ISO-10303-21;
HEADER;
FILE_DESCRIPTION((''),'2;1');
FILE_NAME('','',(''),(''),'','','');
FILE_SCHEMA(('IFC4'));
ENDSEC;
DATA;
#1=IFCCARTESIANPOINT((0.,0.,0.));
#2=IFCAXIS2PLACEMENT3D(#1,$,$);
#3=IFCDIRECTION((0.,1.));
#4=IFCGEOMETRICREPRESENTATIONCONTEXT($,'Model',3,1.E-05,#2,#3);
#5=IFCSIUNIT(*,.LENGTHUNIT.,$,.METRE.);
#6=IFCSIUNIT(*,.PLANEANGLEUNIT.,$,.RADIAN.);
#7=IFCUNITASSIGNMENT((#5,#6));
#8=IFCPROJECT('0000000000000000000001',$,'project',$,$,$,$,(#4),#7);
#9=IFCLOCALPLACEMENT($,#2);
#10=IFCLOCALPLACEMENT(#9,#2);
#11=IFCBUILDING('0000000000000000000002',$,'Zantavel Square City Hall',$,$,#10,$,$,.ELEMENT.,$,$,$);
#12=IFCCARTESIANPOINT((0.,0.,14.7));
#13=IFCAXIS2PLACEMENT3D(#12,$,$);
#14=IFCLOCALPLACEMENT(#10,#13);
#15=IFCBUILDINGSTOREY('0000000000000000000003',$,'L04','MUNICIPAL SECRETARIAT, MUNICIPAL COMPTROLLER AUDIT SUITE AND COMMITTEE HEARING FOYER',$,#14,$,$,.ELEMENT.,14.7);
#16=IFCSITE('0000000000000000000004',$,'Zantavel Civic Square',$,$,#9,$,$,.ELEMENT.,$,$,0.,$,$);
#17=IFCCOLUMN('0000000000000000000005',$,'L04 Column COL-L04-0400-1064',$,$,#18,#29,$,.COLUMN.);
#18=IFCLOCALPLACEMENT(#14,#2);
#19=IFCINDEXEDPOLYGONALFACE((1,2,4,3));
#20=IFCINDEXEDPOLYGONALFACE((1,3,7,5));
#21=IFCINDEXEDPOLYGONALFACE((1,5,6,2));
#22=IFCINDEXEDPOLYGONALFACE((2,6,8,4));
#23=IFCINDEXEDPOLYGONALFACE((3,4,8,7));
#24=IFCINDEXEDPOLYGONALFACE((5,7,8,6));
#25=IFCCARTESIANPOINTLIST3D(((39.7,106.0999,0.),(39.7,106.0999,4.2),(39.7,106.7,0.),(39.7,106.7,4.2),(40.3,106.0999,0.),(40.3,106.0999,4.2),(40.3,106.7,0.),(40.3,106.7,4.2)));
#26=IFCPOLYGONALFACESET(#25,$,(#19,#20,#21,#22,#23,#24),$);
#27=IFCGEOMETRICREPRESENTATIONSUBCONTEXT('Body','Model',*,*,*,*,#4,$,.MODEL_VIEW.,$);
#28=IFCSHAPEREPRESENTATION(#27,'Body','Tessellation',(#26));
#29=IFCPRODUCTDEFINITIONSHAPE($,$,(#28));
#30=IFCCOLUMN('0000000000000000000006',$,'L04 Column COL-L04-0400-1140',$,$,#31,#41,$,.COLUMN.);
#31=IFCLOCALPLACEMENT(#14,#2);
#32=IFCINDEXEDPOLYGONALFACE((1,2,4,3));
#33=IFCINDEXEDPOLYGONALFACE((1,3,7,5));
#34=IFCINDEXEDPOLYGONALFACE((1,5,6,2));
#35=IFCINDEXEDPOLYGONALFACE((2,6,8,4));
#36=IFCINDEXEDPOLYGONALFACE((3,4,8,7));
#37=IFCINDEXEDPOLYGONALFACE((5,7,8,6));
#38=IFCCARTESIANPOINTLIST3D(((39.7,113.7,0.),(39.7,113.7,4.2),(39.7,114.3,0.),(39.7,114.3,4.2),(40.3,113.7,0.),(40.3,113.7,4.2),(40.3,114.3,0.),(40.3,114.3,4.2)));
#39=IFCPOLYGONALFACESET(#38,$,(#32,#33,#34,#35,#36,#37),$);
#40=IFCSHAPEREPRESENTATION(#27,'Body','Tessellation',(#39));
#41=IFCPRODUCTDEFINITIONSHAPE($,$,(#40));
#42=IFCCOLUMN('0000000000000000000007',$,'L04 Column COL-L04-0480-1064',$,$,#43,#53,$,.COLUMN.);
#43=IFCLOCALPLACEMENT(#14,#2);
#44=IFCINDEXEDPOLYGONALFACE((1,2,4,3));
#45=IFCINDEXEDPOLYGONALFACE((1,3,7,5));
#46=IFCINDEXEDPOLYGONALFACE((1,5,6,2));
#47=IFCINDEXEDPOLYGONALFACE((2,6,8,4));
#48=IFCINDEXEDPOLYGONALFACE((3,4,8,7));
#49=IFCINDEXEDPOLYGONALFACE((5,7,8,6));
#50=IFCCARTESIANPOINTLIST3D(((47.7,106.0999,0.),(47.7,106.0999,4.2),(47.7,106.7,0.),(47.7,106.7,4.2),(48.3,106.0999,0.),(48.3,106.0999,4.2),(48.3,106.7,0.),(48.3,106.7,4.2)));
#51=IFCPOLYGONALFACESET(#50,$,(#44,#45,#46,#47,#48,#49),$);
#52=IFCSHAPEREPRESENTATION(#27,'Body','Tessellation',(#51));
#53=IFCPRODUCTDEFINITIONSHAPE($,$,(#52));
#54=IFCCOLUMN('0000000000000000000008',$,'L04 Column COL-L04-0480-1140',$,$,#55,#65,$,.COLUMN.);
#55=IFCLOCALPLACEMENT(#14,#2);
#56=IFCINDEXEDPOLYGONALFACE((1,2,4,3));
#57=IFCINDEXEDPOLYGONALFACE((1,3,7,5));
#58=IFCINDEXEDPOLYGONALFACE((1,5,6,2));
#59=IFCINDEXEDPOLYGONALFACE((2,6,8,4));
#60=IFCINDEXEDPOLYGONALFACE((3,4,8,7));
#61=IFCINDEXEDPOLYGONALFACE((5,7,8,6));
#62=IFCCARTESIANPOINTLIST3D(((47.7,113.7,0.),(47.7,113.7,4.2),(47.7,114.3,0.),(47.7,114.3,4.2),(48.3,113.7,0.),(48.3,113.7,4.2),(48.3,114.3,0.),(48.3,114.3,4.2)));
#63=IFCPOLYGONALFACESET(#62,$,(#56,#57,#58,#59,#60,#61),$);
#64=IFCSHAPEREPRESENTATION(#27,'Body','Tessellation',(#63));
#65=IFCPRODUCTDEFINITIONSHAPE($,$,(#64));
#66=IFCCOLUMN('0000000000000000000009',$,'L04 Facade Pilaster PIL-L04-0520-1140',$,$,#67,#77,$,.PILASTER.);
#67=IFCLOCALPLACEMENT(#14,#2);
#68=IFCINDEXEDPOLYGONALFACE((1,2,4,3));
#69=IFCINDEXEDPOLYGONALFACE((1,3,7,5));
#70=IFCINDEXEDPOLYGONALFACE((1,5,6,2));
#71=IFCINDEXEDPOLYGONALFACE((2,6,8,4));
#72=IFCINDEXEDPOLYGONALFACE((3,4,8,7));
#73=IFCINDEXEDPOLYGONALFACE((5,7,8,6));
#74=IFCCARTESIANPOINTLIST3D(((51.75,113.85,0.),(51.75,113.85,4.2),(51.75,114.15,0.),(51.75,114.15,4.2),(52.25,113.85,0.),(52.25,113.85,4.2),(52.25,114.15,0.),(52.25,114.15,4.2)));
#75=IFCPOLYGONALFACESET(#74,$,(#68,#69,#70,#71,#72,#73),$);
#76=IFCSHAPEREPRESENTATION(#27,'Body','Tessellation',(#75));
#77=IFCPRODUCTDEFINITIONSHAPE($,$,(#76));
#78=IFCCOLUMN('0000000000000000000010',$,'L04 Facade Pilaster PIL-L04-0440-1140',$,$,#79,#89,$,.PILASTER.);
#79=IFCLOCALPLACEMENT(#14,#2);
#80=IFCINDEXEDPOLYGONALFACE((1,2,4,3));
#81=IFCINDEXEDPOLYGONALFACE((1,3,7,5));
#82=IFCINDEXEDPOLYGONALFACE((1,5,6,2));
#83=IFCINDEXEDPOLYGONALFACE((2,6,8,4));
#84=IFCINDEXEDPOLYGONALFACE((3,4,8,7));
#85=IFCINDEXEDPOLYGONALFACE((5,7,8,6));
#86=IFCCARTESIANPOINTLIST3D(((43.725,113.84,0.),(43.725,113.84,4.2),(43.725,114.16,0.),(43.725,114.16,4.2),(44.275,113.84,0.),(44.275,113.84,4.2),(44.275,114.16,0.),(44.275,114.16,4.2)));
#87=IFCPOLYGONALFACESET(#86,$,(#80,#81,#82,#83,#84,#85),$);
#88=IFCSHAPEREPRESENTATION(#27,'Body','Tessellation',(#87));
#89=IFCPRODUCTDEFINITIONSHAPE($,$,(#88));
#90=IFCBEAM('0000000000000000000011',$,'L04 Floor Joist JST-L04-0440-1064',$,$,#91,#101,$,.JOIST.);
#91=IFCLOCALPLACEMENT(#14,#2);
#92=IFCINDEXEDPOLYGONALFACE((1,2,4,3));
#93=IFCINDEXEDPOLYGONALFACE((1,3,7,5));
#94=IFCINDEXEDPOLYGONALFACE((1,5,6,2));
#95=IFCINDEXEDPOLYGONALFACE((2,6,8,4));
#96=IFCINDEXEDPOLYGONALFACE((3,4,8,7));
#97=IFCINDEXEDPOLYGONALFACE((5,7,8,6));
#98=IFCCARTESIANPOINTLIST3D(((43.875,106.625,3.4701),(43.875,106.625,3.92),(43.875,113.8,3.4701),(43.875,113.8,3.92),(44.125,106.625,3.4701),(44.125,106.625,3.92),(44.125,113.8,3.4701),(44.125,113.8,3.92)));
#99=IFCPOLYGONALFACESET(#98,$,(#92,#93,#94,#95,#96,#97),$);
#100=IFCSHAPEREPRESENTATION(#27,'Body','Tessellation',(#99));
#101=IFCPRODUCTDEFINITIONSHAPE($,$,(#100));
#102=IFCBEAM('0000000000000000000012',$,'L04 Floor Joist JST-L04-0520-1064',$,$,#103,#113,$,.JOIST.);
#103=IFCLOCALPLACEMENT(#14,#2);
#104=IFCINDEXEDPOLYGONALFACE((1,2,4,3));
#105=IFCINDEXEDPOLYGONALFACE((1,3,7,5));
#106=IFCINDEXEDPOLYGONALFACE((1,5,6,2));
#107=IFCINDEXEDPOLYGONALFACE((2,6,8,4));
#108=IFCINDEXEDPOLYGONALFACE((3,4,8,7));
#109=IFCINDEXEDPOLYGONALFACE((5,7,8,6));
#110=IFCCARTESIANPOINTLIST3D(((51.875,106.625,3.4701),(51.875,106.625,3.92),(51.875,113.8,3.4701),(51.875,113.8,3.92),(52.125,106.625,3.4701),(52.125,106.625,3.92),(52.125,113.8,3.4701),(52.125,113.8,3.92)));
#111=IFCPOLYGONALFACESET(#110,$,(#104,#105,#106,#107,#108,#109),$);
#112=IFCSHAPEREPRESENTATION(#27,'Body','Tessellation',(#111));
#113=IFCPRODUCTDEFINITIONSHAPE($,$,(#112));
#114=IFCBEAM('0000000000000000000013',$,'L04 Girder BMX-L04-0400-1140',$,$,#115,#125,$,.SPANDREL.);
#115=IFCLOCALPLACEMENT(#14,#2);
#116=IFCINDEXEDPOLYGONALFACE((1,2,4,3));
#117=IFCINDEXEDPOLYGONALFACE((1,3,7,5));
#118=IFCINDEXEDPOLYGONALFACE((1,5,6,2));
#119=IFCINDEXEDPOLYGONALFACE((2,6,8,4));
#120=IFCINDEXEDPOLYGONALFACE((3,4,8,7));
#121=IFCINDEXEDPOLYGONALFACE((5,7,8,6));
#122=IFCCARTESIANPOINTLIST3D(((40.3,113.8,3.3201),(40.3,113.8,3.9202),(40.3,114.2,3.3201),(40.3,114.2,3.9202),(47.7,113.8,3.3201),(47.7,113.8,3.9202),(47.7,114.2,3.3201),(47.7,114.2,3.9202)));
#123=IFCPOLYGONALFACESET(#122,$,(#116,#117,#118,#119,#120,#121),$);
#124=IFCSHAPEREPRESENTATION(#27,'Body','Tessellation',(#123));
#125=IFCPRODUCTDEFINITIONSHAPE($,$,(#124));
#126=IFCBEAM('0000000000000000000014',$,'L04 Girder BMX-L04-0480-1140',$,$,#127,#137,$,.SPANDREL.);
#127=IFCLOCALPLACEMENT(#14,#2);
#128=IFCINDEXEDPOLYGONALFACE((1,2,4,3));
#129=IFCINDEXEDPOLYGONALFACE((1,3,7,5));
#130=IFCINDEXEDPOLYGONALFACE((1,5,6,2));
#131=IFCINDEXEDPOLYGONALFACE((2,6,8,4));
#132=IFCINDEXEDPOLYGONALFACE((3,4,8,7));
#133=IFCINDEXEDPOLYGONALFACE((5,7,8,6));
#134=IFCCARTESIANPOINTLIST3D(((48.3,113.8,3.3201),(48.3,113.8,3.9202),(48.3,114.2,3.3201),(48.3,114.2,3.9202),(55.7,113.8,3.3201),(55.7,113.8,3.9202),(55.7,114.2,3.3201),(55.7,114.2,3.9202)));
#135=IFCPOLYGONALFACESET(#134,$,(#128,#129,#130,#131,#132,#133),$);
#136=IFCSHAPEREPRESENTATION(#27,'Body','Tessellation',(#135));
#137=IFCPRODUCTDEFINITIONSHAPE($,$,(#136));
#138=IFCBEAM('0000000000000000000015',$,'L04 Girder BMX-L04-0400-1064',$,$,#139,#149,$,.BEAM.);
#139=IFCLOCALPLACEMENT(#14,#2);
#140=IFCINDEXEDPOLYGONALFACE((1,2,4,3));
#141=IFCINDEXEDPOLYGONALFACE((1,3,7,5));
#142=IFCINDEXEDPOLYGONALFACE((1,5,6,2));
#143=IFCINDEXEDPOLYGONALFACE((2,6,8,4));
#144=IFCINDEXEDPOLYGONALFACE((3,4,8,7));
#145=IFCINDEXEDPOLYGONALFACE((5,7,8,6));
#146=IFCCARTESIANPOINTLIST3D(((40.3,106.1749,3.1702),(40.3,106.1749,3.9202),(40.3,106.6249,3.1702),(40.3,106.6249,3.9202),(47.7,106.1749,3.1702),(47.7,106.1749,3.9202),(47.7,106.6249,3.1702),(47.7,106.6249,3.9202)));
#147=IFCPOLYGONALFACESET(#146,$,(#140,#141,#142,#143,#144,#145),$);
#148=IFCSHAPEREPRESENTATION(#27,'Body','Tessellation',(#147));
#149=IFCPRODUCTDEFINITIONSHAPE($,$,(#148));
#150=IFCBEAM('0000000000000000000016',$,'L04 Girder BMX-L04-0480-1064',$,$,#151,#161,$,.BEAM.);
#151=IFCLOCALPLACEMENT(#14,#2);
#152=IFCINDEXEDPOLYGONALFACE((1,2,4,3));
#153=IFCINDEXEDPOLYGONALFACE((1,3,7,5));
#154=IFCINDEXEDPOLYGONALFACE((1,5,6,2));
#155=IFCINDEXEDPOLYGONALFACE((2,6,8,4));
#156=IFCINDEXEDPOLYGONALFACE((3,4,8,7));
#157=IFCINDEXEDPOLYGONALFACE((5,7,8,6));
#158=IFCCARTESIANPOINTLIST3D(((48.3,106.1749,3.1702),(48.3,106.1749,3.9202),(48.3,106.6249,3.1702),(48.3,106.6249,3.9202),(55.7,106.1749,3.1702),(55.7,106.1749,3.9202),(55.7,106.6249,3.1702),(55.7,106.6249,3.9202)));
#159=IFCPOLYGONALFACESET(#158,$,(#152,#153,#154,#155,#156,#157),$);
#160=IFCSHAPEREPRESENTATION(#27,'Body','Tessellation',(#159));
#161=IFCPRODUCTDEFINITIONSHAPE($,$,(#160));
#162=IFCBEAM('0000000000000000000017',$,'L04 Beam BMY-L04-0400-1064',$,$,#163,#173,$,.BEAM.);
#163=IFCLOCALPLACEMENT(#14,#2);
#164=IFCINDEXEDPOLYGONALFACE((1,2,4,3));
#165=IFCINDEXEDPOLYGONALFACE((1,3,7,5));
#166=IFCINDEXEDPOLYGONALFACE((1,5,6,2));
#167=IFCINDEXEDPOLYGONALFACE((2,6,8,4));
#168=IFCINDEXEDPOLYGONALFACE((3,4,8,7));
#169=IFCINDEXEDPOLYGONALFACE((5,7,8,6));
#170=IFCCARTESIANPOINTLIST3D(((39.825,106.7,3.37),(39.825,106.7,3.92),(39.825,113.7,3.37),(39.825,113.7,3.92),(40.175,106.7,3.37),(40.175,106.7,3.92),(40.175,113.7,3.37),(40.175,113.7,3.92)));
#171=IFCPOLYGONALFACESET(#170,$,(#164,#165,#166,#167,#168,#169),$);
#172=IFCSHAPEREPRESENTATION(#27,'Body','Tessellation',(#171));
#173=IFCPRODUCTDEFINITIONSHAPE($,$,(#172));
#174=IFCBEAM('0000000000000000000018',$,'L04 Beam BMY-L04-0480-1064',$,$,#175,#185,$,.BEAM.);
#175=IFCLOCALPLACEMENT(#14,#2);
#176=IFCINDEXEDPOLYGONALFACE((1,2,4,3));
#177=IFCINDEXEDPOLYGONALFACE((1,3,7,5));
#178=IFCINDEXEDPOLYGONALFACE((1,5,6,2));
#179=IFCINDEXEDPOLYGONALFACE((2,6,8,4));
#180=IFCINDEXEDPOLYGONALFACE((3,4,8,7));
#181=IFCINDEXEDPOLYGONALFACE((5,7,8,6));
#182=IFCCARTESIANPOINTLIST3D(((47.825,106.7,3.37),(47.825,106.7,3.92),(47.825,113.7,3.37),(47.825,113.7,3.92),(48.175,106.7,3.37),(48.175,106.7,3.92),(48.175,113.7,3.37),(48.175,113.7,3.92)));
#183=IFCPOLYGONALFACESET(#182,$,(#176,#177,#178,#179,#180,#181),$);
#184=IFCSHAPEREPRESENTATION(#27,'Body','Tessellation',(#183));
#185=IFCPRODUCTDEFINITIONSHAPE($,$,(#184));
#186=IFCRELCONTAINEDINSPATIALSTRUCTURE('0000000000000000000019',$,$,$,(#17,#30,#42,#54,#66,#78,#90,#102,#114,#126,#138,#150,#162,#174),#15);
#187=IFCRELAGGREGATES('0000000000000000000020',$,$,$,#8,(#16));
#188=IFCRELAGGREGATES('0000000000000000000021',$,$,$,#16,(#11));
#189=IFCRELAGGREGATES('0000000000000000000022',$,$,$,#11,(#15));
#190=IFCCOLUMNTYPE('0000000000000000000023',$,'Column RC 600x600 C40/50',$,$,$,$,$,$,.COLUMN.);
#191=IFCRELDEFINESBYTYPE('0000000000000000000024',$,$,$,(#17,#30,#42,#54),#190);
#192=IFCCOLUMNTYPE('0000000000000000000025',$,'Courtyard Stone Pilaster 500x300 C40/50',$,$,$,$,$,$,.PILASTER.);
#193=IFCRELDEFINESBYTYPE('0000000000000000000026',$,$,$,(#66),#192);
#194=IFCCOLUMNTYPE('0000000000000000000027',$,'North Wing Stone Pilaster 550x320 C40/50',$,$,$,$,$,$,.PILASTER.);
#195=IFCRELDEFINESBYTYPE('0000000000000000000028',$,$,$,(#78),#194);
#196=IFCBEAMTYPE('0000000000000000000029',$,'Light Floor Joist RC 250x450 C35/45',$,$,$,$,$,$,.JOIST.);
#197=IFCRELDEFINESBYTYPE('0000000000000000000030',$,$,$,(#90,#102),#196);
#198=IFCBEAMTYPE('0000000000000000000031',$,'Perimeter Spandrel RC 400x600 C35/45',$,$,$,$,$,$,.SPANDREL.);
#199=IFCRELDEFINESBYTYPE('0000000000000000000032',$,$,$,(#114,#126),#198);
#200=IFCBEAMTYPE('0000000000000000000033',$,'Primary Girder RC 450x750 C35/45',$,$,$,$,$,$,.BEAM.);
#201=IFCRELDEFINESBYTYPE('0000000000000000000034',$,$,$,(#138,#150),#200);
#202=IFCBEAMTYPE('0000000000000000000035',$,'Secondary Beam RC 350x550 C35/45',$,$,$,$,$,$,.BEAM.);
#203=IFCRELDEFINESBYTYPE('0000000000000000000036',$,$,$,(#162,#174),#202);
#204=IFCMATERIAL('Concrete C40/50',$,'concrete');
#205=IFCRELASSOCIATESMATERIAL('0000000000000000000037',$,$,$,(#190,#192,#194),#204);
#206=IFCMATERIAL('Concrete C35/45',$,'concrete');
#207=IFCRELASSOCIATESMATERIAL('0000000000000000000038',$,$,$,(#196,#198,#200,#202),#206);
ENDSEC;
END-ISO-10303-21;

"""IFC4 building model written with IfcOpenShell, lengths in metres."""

from ifc_helpers import new_model, si_unit, direction, frame, origin, origin_2d, place, context, subcontext, project, spatial, rectangle, extrude, material, material_profile, profile_set, type_object, element, save


model = new_model("IFC4")

# Units and contexts
model_context = context("Model", 3, precision=1e-05, world=origin(), true_north=direction((0.0, 1.0)))
body_context = subcontext(model_context, "Body", "Model", "MODEL_VIEW")
ifc_project = project(units=[si_unit("LENGTHUNIT", "METRE"), si_unit("PLANEANGLEUNIT", "RADIAN")], contexts=[model_context])

# Site, building, storey
site_placement = place(None, origin())
site = spatial("IfcSite", under=ifc_project, at=site_placement, Name="Zantavel Civic Square", CompositionType="ELEMENT", RefElevation=0.0)
building_placement = place(site_placement, origin())
building = spatial("IfcBuilding", under=site, at=building_placement, Name="Zantavel Square City Hall", CompositionType="ELEMENT")
storey_placement = place(building_placement, frame((0.0, 0.0, 14.7)))
storey = spatial("IfcBuildingStorey", under=building, at=storey_placement, Name="L04", Description="MUNICIPAL SECRETARIAT, MUNICIPAL COMPTROLLER AUDIT SUITE AND COMMITTEE HEARING FOYER", CompositionType="ELEMENT", Elevation=14.7)

# Columns
ifc_material_1 = material(Name="Concrete C40/50", Category="concrete")
ifc_material_profile_1 = material_profile(ifc_material_1, rectangle(XDim=0.6001, YDim=0.6001, at=origin_2d()), Name="RC 600x600")
ifc_profile_set_1 = profile_set([ifc_material_profile_1], Name="Concrete C40/50")
column_type_1 = type_object("IfcColumnType", Name="Column RC 600x600 C40/50", PredefinedType="COLUMN", material=ifc_profile_set_1)
for number, where, z_axis, x_axis, name in (
    (1, (40.0, 106.3999, 0.0), (0.0, 0.0, 1.0), (1.0, 0.0, 0.0), "L04 Column COL-L04-0400-1064"),
    (2, (40.0, 114.0, 0.0), (0.0, 0.0, 1.0), (1.0, 0.0, 0.0), "L04 Column COL-L04-0400-1140"),
    (3, (48.0, 106.3999, 0.0), (0.0, 0.0, 1.0), (1.0, 0.0, 0.0), "L04 Column COL-L04-0480-1064"),
    (4, (48.0, 114.0, 0.0), (0.0, 0.0, 1.0), (1.0, 0.0, 0.0), "L04 Column COL-L04-0480-1140"),
):
    element("IfcColumn", number, at=place(storey_placement, frame(where, z_axis=z_axis, x_axis=x_axis)), inside=storey, type_object=column_type_1, Name=name, PredefinedType="COLUMN", context=body_context, shape_type="SweptSolid", body=[
        extrude(rectangle(XDim=0.6001, YDim=0.6001, at=origin_2d()), origin(), (0.0, 0.0, 1.0), 4.2),
    ])
ifc_material_profile_2 = material_profile(ifc_material_1, rectangle(XDim=0.5, YDim=0.3, at=origin_2d()), Name="RC 500x300")
ifc_profile_set_2 = profile_set([ifc_material_profile_2], Name="Concrete C40/50")
column_type_2 = type_object("IfcColumnType", Name="Courtyard Stone Pilaster 500x300 C40/50", PredefinedType="PILASTER", material=ifc_profile_set_2)
column_1_placement = place(storey_placement, frame((52.0, 114.0, 0.0), z_axis=(0.0, 0.0, 1.0), x_axis=(1.0, 0.0, 0.0)))
element("IfcColumn", 5, at=column_1_placement, inside=storey, type_object=column_type_2, Name="L04 Facade Pilaster PIL-L04-0520-1140", PredefinedType="PILASTER", context=body_context, shape_type="SweptSolid", body=[
    extrude(rectangle(XDim=0.5, YDim=0.3, at=origin_2d()), origin(), (0.0, 0.0, 1.0), 4.2),
])
ifc_material_profile_3 = material_profile(ifc_material_1, rectangle(XDim=0.55, YDim=0.3201, at=origin_2d()), Name="RC 550x320")
ifc_profile_set_3 = profile_set([ifc_material_profile_3], Name="Concrete C40/50")
column_type_3 = type_object("IfcColumnType", Name="North Wing Stone Pilaster 550x320 C40/50", PredefinedType="PILASTER", material=ifc_profile_set_3)
column_2_placement = place(storey_placement, frame((44.0, 114.0, 0.0), z_axis=(0.0, 0.0, 1.0), x_axis=(1.0, 0.0, 0.0)))
element("IfcColumn", 6, at=column_2_placement, inside=storey, type_object=column_type_3, Name="L04 Facade Pilaster PIL-L04-0440-1140", PredefinedType="PILASTER", context=body_context, shape_type="SweptSolid", body=[
    extrude(rectangle(XDim=0.55, YDim=0.3201, at=origin_2d()), origin(), (0.0, 0.0, 1.0), 4.2),
])

# Beams
ifc_material_2 = material(Name="Concrete C35/45", Category="concrete")
ifc_material_profile_4 = material_profile(ifc_material_2, rectangle(XDim=0.25, YDim=0.45, at=origin_2d()), Name="RC 250x450")
ifc_profile_set_4 = profile_set([ifc_material_profile_4], Name="Concrete C35/45")
beam_type_1 = type_object("IfcBeamType", Name="Light Floor Joist RC 250x450 C35/45", PredefinedType="JOIST", material=ifc_profile_set_4)
for number, where, z_axis, x_axis, name in (
    (7, (44.0, 106.625, 3.6951), (0.0, 1.0, 0.0), (-1.0, 0.0, 0.0), "L04 Floor Joist JST-L04-0440-1064"),
    (8, (52.0, 106.625, 3.6951), (0.0, 1.0, 0.0), (-1.0, 0.0, 0.0), "L04 Floor Joist JST-L04-0520-1064"),
):
    element("IfcBeam", number, at=place(storey_placement, frame(where, z_axis=z_axis, x_axis=x_axis)), inside=storey, type_object=beam_type_1, Name=name, PredefinedType="JOIST", context=body_context, shape_type="SweptSolid", body=[
        extrude(rectangle(XDim=0.25, YDim=0.45, at=origin_2d()), origin(), (0.0, 0.0, 1.0), 7.175),
    ])
ifc_material_profile_5 = material_profile(ifc_material_2, rectangle(XDim=0.3999, YDim=0.6001, at=origin_2d()), Name="RC 400x600")
ifc_profile_set_5 = profile_set([ifc_material_profile_5], Name="Concrete C35/45")
beam_type_2 = type_object("IfcBeamType", Name="Perimeter Spandrel RC 400x600 C35/45", PredefinedType="SPANDREL", material=ifc_profile_set_5)
for number, where, z_axis, x_axis, name in (
    (9, (40.3, 114.0, 3.6201), (1.0, 0.0, 0.0), (0.0, 1.0, 0.0), "L04 Girder BMX-L04-0400-1140"),
    (10, (48.3, 114.0, 3.6201), (1.0, 0.0, 0.0), (0.0, 1.0, 0.0), "L04 Girder BMX-L04-0480-1140"),
):
    element("IfcBeam", number, at=place(storey_placement, frame(where, z_axis=z_axis, x_axis=x_axis)), inside=storey, type_object=beam_type_2, Name=name, PredefinedType="SPANDREL", context=body_context, shape_type="SweptSolid", body=[
        extrude(rectangle(XDim=0.3999, YDim=0.6001, at=origin_2d()), origin(), (0.0, 0.0, 1.0), 7.3999),
    ])
ifc_material_profile_6 = material_profile(ifc_material_2, rectangle(XDim=0.45, YDim=0.75, at=origin_2d()), Name="RC 450x750")
ifc_profile_set_6 = profile_set([ifc_material_profile_6], Name="Concrete C35/45")
beam_type_3 = type_object("IfcBeamType", Name="Primary Girder RC 450x750 C35/45", PredefinedType="BEAM", material=ifc_profile_set_6)
for number, where, z_axis, x_axis, name in (
    (11, (40.3, 106.3999, 3.5452), (1.0, 0.0, 0.0), (0.0, 1.0, 0.0), "L04 Girder BMX-L04-0400-1064"),
    (12, (48.3, 106.3999, 3.5452), (1.0, 0.0, 0.0), (0.0, 1.0, 0.0), "L04 Girder BMX-L04-0480-1064"),
):
    element("IfcBeam", number, at=place(storey_placement, frame(where, z_axis=z_axis, x_axis=x_axis)), inside=storey, type_object=beam_type_3, Name=name, PredefinedType="BEAM", context=body_context, shape_type="SweptSolid", body=[
        extrude(rectangle(XDim=0.45, YDim=0.75, at=origin_2d()), origin(), (0.0, 0.0, 1.0), 7.3999),
    ])
ifc_material_profile_7 = material_profile(ifc_material_2, rectangle(XDim=0.3501, YDim=0.55, at=origin_2d()), Name="RC 350x550")
ifc_profile_set_7 = profile_set([ifc_material_profile_7], Name="Concrete C35/45")
beam_type_4 = type_object("IfcBeamType", Name="Secondary Beam RC 350x550 C35/45", PredefinedType="BEAM", material=ifc_profile_set_7)
for number, where, z_axis, x_axis, name in (
    (13, (40.0, 106.7, 3.645), (0.0, 1.0, 0.0), (-1.0, 0.0, 0.0), "L04 Beam BMY-L04-0400-1064"),
    (14, (48.0, 106.7, 3.645), (0.0, 1.0, 0.0), (-1.0, 0.0, 0.0), "L04 Beam BMY-L04-0480-1064"),
):
    element("IfcBeam", number, at=place(storey_placement, frame(where, z_axis=z_axis, x_axis=x_axis)), inside=storey, type_object=beam_type_4, Name=name, PredefinedType="BEAM", context=body_context, shape_type="SweptSolid", body=[
        extrude(rectangle(XDim=0.3501, YDim=0.55, at=origin_2d()), origin(), (0.0, 0.0, 1.0), 7.0),
    ])

save(model, "model.ifc")
